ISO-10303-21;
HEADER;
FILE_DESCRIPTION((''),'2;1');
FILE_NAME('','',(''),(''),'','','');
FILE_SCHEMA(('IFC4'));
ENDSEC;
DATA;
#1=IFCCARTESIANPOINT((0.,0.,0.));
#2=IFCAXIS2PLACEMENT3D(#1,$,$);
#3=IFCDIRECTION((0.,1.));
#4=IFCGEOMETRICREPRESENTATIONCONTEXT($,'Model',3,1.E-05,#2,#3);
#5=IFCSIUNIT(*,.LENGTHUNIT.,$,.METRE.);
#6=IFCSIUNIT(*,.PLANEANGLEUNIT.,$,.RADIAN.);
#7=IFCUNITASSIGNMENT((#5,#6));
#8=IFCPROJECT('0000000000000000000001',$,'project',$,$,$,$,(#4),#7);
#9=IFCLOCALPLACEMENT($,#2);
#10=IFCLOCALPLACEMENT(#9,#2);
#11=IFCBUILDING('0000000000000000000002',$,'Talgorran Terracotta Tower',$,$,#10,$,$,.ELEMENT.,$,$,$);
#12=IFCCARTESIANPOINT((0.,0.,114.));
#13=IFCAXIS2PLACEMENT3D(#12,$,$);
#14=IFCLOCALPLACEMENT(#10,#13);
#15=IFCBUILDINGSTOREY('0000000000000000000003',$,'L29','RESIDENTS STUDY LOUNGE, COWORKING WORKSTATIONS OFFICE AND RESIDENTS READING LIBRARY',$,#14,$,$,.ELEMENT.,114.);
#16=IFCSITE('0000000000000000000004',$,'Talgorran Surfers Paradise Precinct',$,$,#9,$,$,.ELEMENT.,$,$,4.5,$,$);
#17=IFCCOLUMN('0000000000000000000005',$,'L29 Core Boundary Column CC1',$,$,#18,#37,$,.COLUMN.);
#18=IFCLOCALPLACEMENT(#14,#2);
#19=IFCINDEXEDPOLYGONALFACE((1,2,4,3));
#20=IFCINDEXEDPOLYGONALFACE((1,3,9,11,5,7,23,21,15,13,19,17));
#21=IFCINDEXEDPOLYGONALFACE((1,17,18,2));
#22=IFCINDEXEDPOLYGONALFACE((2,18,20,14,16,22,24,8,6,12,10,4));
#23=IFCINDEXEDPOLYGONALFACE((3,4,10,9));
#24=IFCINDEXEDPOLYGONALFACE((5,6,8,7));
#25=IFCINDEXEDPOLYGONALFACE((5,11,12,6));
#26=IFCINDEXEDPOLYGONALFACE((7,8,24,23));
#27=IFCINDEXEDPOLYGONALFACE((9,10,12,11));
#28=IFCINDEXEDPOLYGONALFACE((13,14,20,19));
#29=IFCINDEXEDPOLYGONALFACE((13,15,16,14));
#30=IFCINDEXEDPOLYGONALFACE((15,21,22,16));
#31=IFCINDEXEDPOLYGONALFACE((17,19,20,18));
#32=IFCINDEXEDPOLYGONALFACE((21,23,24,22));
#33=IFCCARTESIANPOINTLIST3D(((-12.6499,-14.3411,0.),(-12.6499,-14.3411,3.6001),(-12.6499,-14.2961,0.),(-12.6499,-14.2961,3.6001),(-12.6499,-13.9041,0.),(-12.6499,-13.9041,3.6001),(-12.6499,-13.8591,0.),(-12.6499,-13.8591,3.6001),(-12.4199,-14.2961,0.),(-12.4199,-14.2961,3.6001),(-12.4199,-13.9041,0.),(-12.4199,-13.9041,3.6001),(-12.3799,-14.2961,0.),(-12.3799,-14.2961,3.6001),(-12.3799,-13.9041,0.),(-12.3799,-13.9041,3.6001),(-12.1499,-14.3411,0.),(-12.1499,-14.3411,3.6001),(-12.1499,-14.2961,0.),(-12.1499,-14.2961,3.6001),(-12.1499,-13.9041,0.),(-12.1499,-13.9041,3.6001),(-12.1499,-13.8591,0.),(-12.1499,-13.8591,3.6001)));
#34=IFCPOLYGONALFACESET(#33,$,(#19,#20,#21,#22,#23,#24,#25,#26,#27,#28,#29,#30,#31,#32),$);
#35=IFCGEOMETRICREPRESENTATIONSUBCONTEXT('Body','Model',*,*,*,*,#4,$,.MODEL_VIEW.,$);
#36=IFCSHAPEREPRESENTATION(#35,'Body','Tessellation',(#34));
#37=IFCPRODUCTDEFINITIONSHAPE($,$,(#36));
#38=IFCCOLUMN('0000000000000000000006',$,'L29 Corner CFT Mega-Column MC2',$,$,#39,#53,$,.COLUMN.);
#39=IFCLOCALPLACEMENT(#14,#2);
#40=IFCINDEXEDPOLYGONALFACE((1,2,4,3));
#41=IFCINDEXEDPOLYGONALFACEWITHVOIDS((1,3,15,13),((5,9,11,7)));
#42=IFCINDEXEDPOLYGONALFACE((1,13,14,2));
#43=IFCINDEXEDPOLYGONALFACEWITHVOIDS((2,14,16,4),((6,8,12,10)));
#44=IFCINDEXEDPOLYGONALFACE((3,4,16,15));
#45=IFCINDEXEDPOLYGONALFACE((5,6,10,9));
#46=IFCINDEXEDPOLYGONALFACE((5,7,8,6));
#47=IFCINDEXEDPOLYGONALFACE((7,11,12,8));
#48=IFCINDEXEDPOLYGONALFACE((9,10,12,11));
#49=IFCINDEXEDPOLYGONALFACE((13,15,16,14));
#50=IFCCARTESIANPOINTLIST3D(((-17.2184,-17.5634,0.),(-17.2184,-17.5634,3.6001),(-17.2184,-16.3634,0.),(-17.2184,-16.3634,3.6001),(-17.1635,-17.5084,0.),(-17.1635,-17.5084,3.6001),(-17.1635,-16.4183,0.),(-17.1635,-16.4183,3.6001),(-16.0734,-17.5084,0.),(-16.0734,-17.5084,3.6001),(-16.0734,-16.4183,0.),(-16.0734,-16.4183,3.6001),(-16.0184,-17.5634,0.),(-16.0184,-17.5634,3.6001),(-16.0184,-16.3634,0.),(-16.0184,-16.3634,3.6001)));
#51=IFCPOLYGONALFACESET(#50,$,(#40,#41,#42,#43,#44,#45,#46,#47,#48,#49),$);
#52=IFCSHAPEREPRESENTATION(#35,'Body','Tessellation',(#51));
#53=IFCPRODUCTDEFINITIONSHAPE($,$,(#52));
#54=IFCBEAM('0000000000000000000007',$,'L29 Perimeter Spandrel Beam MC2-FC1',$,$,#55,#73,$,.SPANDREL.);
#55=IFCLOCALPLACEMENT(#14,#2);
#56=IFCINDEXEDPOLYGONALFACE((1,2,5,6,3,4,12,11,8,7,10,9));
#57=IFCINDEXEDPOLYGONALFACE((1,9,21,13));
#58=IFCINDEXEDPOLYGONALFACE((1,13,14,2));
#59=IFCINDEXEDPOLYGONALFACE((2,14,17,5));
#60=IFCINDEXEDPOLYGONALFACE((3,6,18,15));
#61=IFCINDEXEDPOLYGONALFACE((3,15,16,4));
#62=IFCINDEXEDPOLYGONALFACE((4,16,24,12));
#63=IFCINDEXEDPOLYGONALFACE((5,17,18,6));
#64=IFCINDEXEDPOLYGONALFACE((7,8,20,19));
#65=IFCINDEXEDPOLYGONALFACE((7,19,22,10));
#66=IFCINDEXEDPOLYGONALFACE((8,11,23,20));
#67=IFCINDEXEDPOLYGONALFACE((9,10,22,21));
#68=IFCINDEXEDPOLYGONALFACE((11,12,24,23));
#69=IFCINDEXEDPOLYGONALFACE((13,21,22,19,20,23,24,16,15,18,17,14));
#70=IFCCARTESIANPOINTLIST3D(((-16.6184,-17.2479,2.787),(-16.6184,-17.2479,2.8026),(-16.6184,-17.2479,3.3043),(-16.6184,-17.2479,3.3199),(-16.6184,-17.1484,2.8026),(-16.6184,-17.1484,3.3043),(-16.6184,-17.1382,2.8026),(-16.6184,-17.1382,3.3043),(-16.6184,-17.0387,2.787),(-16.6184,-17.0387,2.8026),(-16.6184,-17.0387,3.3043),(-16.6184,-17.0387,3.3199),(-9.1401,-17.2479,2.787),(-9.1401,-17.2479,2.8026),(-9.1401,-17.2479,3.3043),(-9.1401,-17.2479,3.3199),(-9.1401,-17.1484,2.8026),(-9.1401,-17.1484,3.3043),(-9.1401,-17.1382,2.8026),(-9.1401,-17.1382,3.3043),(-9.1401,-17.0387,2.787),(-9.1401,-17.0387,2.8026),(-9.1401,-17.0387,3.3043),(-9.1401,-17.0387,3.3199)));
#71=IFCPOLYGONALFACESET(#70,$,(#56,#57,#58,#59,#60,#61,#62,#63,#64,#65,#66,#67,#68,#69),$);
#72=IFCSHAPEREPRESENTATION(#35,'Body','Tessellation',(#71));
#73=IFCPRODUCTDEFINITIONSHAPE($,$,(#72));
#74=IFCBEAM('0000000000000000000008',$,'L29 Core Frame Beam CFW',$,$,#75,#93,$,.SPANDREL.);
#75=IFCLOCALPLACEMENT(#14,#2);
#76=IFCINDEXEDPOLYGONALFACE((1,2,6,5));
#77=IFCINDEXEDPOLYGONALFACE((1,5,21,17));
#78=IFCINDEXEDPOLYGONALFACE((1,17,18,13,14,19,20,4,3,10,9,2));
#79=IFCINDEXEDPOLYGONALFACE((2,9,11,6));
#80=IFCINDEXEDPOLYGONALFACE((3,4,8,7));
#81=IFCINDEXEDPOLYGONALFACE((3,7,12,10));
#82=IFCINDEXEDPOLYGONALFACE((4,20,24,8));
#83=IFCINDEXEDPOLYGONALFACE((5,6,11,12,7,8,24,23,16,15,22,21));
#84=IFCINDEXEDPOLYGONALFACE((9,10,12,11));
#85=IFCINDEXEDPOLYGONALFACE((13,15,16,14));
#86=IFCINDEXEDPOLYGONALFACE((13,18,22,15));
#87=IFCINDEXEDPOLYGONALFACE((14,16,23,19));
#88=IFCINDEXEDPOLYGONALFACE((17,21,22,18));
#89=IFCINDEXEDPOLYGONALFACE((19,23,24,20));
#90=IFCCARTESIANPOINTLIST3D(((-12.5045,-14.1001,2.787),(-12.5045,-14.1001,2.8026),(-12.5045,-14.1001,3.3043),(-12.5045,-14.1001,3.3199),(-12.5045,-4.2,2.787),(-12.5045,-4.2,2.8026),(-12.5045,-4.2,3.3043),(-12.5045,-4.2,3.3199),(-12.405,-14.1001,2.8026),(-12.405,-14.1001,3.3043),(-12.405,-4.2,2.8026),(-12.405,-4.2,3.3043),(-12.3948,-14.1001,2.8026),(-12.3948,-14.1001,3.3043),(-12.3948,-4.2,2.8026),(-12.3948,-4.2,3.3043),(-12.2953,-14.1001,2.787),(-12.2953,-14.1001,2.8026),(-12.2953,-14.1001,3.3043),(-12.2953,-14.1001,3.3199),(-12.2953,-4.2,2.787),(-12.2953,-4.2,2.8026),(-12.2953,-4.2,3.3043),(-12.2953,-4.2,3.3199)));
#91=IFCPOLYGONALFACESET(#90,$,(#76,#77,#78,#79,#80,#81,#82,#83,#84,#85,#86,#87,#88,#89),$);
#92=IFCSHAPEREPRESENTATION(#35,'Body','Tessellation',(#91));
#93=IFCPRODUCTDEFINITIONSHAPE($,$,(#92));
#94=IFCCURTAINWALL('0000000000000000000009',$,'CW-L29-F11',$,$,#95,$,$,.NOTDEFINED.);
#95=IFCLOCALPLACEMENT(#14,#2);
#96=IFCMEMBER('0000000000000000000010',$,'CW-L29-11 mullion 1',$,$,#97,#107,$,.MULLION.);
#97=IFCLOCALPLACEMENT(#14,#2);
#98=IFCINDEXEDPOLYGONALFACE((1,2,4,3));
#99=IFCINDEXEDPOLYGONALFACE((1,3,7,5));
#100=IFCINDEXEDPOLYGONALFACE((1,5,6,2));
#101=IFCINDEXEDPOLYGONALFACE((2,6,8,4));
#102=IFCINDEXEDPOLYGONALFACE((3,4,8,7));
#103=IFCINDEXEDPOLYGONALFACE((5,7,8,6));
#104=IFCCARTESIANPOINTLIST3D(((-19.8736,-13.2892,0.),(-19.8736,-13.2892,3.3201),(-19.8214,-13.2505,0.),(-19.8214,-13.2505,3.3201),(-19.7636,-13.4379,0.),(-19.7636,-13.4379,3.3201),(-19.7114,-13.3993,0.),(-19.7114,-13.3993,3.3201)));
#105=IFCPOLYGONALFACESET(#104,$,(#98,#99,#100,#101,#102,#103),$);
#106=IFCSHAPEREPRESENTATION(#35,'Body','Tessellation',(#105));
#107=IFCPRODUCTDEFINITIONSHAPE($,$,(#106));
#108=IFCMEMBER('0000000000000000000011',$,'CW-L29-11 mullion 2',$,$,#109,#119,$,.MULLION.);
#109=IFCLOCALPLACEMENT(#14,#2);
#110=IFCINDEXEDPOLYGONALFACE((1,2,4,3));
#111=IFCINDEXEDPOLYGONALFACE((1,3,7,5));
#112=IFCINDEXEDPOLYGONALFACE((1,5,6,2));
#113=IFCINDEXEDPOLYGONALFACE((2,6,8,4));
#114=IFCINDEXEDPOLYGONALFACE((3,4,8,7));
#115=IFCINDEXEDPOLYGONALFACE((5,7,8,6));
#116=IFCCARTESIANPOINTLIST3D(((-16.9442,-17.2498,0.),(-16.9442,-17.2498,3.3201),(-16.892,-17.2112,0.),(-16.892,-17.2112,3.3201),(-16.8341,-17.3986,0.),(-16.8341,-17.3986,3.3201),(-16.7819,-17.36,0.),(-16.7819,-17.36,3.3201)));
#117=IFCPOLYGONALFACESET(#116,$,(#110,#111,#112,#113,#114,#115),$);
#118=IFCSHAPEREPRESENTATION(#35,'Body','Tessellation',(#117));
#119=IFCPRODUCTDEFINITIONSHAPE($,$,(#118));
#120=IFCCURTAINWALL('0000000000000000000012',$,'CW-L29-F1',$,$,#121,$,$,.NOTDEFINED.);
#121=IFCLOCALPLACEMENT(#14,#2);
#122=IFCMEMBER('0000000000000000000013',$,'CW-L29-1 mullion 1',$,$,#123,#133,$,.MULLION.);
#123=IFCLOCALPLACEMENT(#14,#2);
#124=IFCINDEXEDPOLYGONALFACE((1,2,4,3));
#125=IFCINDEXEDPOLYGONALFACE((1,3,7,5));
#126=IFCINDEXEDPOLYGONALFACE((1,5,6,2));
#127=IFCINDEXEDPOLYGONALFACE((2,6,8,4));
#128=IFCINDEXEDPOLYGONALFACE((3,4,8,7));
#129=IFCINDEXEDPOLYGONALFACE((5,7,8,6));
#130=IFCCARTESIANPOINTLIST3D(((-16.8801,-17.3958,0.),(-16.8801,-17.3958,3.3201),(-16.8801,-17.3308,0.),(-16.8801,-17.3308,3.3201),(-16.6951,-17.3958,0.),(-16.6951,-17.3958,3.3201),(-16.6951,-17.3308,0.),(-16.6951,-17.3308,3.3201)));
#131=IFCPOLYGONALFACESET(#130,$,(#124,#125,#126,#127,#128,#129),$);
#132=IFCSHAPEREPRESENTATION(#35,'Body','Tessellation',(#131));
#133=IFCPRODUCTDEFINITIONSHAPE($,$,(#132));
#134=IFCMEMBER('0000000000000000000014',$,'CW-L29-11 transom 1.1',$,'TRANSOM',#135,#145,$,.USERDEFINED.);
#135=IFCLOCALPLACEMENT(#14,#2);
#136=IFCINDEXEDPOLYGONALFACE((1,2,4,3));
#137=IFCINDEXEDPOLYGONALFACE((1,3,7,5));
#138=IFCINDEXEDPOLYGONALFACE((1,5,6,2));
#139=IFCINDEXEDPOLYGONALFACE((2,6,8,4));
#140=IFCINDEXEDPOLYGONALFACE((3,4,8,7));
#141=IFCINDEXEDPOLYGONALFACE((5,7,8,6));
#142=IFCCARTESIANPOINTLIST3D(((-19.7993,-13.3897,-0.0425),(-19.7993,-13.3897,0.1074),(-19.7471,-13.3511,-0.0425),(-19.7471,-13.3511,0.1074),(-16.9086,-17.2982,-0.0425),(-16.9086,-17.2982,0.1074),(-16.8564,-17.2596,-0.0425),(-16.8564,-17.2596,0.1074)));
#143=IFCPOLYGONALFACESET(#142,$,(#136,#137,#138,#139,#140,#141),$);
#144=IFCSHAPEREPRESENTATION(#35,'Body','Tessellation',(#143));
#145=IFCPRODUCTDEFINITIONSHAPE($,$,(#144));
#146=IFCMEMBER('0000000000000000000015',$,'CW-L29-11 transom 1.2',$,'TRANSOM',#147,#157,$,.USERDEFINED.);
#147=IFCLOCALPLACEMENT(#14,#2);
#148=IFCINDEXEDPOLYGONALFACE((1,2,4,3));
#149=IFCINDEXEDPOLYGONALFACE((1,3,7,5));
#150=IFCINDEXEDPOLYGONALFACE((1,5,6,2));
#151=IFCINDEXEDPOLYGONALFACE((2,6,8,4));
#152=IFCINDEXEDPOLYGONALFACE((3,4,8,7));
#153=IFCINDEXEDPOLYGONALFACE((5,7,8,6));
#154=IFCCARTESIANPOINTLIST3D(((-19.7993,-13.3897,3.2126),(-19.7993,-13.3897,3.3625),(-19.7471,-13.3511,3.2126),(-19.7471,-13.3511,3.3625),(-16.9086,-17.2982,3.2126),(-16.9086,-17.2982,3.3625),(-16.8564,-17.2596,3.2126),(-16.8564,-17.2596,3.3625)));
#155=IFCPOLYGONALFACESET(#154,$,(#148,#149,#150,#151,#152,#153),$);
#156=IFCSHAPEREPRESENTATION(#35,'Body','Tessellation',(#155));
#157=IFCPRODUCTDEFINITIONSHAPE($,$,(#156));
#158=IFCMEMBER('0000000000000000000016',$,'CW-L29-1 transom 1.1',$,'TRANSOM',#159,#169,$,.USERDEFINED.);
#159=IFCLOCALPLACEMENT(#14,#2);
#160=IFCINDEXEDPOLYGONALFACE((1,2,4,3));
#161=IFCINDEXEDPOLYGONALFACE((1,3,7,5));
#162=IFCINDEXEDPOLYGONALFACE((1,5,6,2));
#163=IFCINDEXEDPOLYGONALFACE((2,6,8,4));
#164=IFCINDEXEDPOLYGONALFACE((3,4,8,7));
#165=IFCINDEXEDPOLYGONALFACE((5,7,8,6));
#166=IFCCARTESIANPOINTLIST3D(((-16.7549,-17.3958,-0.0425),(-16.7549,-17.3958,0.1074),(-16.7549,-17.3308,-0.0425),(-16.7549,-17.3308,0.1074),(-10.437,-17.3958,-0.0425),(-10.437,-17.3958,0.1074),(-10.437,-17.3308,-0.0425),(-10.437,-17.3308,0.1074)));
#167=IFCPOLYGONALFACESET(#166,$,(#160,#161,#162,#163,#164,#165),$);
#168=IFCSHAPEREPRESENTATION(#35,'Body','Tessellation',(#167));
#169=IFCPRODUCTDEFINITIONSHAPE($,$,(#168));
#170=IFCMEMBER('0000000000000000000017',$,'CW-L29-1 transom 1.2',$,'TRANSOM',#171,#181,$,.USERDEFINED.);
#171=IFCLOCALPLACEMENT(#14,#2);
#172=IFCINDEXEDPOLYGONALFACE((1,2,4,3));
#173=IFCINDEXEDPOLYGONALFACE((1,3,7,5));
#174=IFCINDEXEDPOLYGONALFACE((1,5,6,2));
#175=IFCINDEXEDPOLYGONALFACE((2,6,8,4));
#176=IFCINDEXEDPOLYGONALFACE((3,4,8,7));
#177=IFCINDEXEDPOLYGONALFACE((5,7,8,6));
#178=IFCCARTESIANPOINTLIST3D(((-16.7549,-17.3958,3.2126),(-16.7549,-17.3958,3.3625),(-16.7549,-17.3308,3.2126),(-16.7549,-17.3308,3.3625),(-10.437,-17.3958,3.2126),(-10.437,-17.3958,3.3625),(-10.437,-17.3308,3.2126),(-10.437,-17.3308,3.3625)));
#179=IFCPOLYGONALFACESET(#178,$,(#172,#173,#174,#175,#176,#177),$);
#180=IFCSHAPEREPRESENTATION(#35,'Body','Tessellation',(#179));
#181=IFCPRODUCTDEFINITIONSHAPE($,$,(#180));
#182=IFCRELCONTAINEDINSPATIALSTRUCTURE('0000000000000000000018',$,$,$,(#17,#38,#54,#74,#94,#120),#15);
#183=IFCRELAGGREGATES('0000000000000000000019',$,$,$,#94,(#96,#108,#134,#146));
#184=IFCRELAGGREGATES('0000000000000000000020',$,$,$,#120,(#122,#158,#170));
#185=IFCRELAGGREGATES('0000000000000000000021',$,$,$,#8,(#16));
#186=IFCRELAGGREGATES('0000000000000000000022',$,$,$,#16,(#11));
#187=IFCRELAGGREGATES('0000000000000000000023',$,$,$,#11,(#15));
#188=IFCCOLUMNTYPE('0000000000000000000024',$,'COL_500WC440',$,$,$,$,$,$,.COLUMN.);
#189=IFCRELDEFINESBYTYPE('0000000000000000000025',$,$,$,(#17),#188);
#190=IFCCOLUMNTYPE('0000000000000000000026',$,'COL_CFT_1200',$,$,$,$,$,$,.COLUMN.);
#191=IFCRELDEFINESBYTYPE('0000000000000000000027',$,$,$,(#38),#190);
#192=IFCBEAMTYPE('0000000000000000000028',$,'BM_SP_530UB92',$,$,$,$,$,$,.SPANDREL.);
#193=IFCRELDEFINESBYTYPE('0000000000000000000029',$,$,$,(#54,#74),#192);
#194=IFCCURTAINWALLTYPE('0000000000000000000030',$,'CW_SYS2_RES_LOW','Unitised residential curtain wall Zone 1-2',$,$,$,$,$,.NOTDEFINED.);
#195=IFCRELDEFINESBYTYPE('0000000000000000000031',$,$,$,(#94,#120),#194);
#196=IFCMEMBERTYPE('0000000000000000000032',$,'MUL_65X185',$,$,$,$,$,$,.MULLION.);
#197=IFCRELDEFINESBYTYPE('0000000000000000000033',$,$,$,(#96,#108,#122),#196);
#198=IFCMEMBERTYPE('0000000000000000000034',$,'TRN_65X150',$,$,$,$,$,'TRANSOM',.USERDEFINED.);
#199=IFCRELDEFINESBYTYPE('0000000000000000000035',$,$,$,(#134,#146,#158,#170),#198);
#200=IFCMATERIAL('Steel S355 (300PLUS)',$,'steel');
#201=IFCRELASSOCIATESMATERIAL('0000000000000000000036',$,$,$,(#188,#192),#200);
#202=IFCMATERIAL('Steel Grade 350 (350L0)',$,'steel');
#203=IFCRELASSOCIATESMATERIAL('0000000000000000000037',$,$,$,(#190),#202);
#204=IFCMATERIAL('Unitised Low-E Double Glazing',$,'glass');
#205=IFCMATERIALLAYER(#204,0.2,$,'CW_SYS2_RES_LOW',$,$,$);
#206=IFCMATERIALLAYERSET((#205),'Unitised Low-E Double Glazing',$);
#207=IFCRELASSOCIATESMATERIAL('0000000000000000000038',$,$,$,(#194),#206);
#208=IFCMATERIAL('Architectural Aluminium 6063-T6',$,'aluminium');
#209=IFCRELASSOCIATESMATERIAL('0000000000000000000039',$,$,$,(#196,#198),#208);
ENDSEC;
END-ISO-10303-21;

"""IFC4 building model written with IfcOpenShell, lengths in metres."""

from ifc_helpers import new_model, si_unit, direction, frame, origin, origin_2d, place, context, subcontext, project, spatial, rectangle, hollow_rectangle, i_section, extrude, material, layer, layer_set, material_profile, profile_set, type_object, element, aggregate, save


model = new_model("IFC4")

# Units and contexts
model_context = context("Model", 3, precision=1e-05, world=origin(), true_north=direction((0.0, 1.0)))
body_context = subcontext(model_context, "Body", "Model", "MODEL_VIEW")
ifc_project = project(units=[si_unit("LENGTHUNIT", "METRE"), si_unit("PLANEANGLEUNIT", "RADIAN")], contexts=[model_context])

# Site, building, storey
site_placement = place(None, origin())
site = spatial("IfcSite", under=ifc_project, at=site_placement, Name="Talgorran Surfers Paradise Precinct", CompositionType="ELEMENT", RefElevation=4.5)
building_placement = place(site_placement, origin())
building = spatial("IfcBuilding", under=site, at=building_placement, Name="Talgorran Terracotta Tower", CompositionType="ELEMENT")
storey_placement = place(building_placement, frame((0.0, 0.0, 114.0)))
storey = spatial("IfcBuildingStorey", under=building, at=storey_placement, Name="L29", Description="RESIDENTS STUDY LOUNGE, COWORKING WORKSTATIONS OFFICE AND RESIDENTS READING LIBRARY", CompositionType="ELEMENT", Elevation=114.0)

# Columns
ifc_material_1 = material(Name="Steel S355 (300PLUS)", Category="steel")
ifc_material_profile_1 = material_profile(ifc_material_1, i_section(OverallWidth=0.5, OverallDepth=0.4819, WebThickness=0.04, FlangeThickness=0.0449, at=origin_2d()), Name="500WC440")
ifc_profile_set_1 = profile_set([ifc_material_profile_1], Name="Steel S355 (300PLUS)")
column_type_1 = type_object("IfcColumnType", Name="COL_500WC440", PredefinedType="COLUMN", material=ifc_profile_set_1)
column_1_placement = place(storey_placement, frame((-12.3999, -14.1001, 0.0), z_axis=(0.0, 0.0, 1.0), x_axis=(1.0, 0.0, 0.0)))
element("IfcColumn", 1, at=column_1_placement, inside=storey, type_object=column_type_1, Name="L29 Core Boundary Column CC1", PredefinedType="COLUMN", context=body_context, shape_type="SweptSolid", body=[
    extrude(i_section(OverallWidth=0.5, OverallDepth=0.4819, WebThickness=0.04, FlangeThickness=0.0449, at=origin_2d()), origin(), (0.0, 0.0, 1.0), 3.6001),
])
ifc_material_2 = material(Name="Steel Grade 350 (350L0)", Category="steel")
ifc_material_profile_2 = material_profile(ifc_material_2, hollow_rectangle(XDim=1.2, YDim=1.2, WallThickness=0.0549, at=origin_2d()), Name="CFT1200X1200X55")
ifc_profile_set_2 = profile_set([ifc_material_profile_2], Name="Steel Grade 350 (350L0)")
column_type_2 = type_object("IfcColumnType", Name="COL_CFT_1200", PredefinedType="COLUMN", material=ifc_profile_set_2)
column_2_placement = place(storey_placement, frame((-16.6184, -16.9634, 0.0), z_axis=(0.0, 0.0, 1.0), x_axis=(1.0, 0.0, 0.0)))
element("IfcColumn", 2, at=column_2_placement, inside=storey, type_object=column_type_2, Name="L29 Corner CFT Mega-Column MC2", PredefinedType="COLUMN", context=body_context, shape_type="SweptSolid", body=[
    extrude(hollow_rectangle(XDim=1.2, YDim=1.2, WallThickness=0.0549, at=origin_2d()), origin(), (0.0, 0.0, 1.0), 3.6001),
])

# Beams
ifc_material_profile_3 = material_profile(ifc_material_1, i_section(OverallWidth=0.2092, OverallDepth=0.533, WebThickness=0.0103, FlangeThickness=0.0156, at=origin_2d()), Name="530UB92.4")
ifc_profile_set_3 = profile_set([ifc_material_profile_3], Name="Steel S355 (300PLUS)")
beam_type = type_object("IfcBeamType", Name="BM_SP_530UB92", PredefinedType="SPANDREL", material=ifc_profile_set_3)
beam_1_placement = place(storey_placement, frame((-16.6184, -17.1433, 3.0535), z_axis=(1.0, 0.0, 0.0), x_axis=(0.0, 1.0, 0.0)))
element("IfcBeam", 3, at=beam_1_placement, inside=storey, type_object=beam_type, Name="L29 Perimeter Spandrel Beam MC2-FC1", PredefinedType="SPANDREL", context=body_context, shape_type="SweptSolid", body=[
    extrude(i_section(OverallWidth=0.2092, OverallDepth=0.533, WebThickness=0.0103, FlangeThickness=0.0156, at=origin_2d()), origin(), (0.0, 0.0, 1.0), 7.4783),
])
beam_2_placement = place(storey_placement, frame((-12.3999, -14.1001, 3.0535), z_axis=(0.0, 1.0, 0.0), x_axis=(-1.0, 0.0, 0.0)))
element("IfcBeam", 4, at=beam_2_placement, inside=storey, type_object=beam_type, Name="L29 Core Frame Beam CFW", PredefinedType="SPANDREL", context=body_context, shape_type="SweptSolid", body=[
    extrude(i_section(OverallWidth=0.2092, OverallDepth=0.533, WebThickness=0.0103, FlangeThickness=0.0156, at=origin_2d()), origin(), (0.0, 0.0, 1.0), 9.9001),
])

# Curtain wall, members
ifc_material_3 = material(Name="Unitised Low-E Double Glazing", Category="glass")
ifc_layer_1 = layer(ifc_material_3, 0.2, Name="CW_SYS2_RES_LOW")
ifc_layer_set_1 = layer_set([ifc_layer_1], Name="Unitised Low-E Double Glazing")
curtain_wall_type = type_object("IfcCurtainWallType", Name="CW_SYS2_RES_LOW", Description="Unitised residential curtain wall Zone 1-2", PredefinedType="NOTDEFINED", material=ifc_layer_set_1)
curtain_wall_1_placement = place(storey_placement, origin())
curtain_wall_1 = element("IfcCurtainWall", 5, at=curtain_wall_1_placement, inside=storey, type_object=curtain_wall_type, Name="CW-L29-F11", PredefinedType="NOTDEFINED")
ifc_material_4 = material(Name="Architectural Aluminium 6063-T6", Category="aluminium")
ifc_material_profile_4 = material_profile(ifc_material_4, rectangle(XDim=0.0649, YDim=0.1851, at=origin_2d()), Name="CWM65X185")
ifc_profile_set_4 = profile_set([ifc_material_profile_4], Name="Architectural Aluminium 6063-T6")
member_type_1 = type_object("IfcMemberType", Name="MUL_65X185", PredefinedType="MULLION", material=ifc_profile_set_4)
member_1_placement = place(storey_placement, frame((-19.7925, -13.3442, 0.0), z_axis=(0.0, 0.0, 1.0), x_axis=(0.803987, 0.594646, 0.0)))
member_1 = element("IfcMember", 6, at=member_1_placement, type_object=member_type_1, Name="CW-L29-11 mullion 1", PredefinedType="MULLION", context=body_context, shape_type="SweptSolid", body=[
    extrude(rectangle(XDim=0.0649, YDim=0.1851, at=origin_2d()), origin(), (0.0, 0.0, 1.0), 3.3201),
])
member_2_placement = place(storey_placement, frame((-16.863, -17.3049, 0.0), z_axis=(0.0, 0.0, 1.0), x_axis=(0.803987, 0.594646, 0.0)))
member_2 = element("IfcMember", 7, at=member_2_placement, type_object=member_type_1, Name="CW-L29-11 mullion 2", PredefinedType="MULLION", context=body_context, shape_type="SweptSolid", body=[
    extrude(rectangle(XDim=0.0649, YDim=0.1851, at=origin_2d()), origin(), (0.0, 0.0, 1.0), 3.3201),
])

# Curtain wall, member
curtain_wall_2_placement = place(storey_placement, origin())
curtain_wall_2 = element("IfcCurtainWall", 8, at=curtain_wall_2_placement, inside=storey, type_object=curtain_wall_type, Name="CW-L29-F1", PredefinedType="NOTDEFINED")
member_3_placement = place(storey_placement, frame((-16.7876, -17.3633, 0.0), z_axis=(0.0, 0.0, 1.0), x_axis=(0.0, 1.0, 0.0)))
member_3 = element("IfcMember", 9, at=member_3_placement, type_object=member_type_1, Name="CW-L29-1 mullion 1", PredefinedType="MULLION", context=body_context, shape_type="SweptSolid", body=[
    extrude(rectangle(XDim=0.0649, YDim=0.1851, at=origin_2d()), origin(), (0.0, 0.0, 1.0), 3.3201),
])

# Members
ifc_material_profile_5 = material_profile(ifc_material_4, rectangle(XDim=0.0649, YDim=0.1499, at=origin_2d()), Name="CWT65X150")
ifc_profile_set_5 = profile_set([ifc_material_profile_5], Name="Architectural Aluminium 6063-T6")
member_type_2 = type_object("IfcMemberType", Name="TRN_65X150", ElementType="TRANSOM", PredefinedType="USERDEFINED", material=ifc_profile_set_5)
member_4_placement = place(storey_placement, frame((-19.7732, -13.3704, 0.0325), z_axis=(0.594627, -0.804002, 0.0), x_axis=(0.804002, 0.594627, 0.0)))
member_4 = element("IfcMember", 10, at=member_4_placement, type_object=member_type_2, Name="CW-L29-11 transom 1.1", ObjectType="TRANSOM", PredefinedType="USERDEFINED", context=body_context, shape_type="SweptSolid", body=[
    extrude(rectangle(XDim=0.0649, YDim=0.1499, at=origin_2d()), origin(), (0.0, 0.0, 1.0), 4.8613),
])
member_5_placement = place(storey_placement, frame((-19.7732, -13.3704, 3.2876), z_axis=(0.594627, -0.804002, 0.0), x_axis=(0.804002, 0.594627, 0.0)))
member_5 = element("IfcMember", 11, at=member_5_placement, type_object=member_type_2, Name="CW-L29-11 transom 1.2", ObjectType="TRANSOM", PredefinedType="USERDEFINED", context=body_context, shape_type="SweptSolid", body=[
    extrude(rectangle(XDim=0.0649, YDim=0.1499, at=origin_2d()), origin(), (0.0, 0.0, 1.0), 4.8613),
])
member_6_placement = place(storey_placement, frame((-16.7549, -17.3633, 0.0325), z_axis=(1.0, 0.0, 0.0), x_axis=(0.0, 1.0, 0.0)))
member_6 = element("IfcMember", 12, at=member_6_placement, type_object=member_type_2, Name="CW-L29-1 transom 1.1", ObjectType="TRANSOM", PredefinedType="USERDEFINED", context=body_context, shape_type="SweptSolid", body=[
    extrude(rectangle(XDim=0.0649, YDim=0.1499, at=origin_2d()), origin(), (0.0, 0.0, 1.0), 6.3179),
])
member_7_placement = place(storey_placement, frame((-16.7549, -17.3633, 3.2876), z_axis=(1.0, 0.0, 0.0), x_axis=(0.0, 1.0, 0.0)))
member_7 = element("IfcMember", 13, at=member_7_placement, type_object=member_type_2, Name="CW-L29-1 transom 1.2", ObjectType="TRANSOM", PredefinedType="USERDEFINED", context=body_context, shape_type="SweptSolid", body=[
    extrude(rectangle(XDim=0.0649, YDim=0.1499, at=origin_2d()), origin(), (0.0, 0.0, 1.0), 6.3179),
])

aggregate(curtain_wall_1, [member_1, member_2, member_4, member_5])
aggregate(curtain_wall_2, [member_3, member_6, member_7])

save(model, "model.ifc")
